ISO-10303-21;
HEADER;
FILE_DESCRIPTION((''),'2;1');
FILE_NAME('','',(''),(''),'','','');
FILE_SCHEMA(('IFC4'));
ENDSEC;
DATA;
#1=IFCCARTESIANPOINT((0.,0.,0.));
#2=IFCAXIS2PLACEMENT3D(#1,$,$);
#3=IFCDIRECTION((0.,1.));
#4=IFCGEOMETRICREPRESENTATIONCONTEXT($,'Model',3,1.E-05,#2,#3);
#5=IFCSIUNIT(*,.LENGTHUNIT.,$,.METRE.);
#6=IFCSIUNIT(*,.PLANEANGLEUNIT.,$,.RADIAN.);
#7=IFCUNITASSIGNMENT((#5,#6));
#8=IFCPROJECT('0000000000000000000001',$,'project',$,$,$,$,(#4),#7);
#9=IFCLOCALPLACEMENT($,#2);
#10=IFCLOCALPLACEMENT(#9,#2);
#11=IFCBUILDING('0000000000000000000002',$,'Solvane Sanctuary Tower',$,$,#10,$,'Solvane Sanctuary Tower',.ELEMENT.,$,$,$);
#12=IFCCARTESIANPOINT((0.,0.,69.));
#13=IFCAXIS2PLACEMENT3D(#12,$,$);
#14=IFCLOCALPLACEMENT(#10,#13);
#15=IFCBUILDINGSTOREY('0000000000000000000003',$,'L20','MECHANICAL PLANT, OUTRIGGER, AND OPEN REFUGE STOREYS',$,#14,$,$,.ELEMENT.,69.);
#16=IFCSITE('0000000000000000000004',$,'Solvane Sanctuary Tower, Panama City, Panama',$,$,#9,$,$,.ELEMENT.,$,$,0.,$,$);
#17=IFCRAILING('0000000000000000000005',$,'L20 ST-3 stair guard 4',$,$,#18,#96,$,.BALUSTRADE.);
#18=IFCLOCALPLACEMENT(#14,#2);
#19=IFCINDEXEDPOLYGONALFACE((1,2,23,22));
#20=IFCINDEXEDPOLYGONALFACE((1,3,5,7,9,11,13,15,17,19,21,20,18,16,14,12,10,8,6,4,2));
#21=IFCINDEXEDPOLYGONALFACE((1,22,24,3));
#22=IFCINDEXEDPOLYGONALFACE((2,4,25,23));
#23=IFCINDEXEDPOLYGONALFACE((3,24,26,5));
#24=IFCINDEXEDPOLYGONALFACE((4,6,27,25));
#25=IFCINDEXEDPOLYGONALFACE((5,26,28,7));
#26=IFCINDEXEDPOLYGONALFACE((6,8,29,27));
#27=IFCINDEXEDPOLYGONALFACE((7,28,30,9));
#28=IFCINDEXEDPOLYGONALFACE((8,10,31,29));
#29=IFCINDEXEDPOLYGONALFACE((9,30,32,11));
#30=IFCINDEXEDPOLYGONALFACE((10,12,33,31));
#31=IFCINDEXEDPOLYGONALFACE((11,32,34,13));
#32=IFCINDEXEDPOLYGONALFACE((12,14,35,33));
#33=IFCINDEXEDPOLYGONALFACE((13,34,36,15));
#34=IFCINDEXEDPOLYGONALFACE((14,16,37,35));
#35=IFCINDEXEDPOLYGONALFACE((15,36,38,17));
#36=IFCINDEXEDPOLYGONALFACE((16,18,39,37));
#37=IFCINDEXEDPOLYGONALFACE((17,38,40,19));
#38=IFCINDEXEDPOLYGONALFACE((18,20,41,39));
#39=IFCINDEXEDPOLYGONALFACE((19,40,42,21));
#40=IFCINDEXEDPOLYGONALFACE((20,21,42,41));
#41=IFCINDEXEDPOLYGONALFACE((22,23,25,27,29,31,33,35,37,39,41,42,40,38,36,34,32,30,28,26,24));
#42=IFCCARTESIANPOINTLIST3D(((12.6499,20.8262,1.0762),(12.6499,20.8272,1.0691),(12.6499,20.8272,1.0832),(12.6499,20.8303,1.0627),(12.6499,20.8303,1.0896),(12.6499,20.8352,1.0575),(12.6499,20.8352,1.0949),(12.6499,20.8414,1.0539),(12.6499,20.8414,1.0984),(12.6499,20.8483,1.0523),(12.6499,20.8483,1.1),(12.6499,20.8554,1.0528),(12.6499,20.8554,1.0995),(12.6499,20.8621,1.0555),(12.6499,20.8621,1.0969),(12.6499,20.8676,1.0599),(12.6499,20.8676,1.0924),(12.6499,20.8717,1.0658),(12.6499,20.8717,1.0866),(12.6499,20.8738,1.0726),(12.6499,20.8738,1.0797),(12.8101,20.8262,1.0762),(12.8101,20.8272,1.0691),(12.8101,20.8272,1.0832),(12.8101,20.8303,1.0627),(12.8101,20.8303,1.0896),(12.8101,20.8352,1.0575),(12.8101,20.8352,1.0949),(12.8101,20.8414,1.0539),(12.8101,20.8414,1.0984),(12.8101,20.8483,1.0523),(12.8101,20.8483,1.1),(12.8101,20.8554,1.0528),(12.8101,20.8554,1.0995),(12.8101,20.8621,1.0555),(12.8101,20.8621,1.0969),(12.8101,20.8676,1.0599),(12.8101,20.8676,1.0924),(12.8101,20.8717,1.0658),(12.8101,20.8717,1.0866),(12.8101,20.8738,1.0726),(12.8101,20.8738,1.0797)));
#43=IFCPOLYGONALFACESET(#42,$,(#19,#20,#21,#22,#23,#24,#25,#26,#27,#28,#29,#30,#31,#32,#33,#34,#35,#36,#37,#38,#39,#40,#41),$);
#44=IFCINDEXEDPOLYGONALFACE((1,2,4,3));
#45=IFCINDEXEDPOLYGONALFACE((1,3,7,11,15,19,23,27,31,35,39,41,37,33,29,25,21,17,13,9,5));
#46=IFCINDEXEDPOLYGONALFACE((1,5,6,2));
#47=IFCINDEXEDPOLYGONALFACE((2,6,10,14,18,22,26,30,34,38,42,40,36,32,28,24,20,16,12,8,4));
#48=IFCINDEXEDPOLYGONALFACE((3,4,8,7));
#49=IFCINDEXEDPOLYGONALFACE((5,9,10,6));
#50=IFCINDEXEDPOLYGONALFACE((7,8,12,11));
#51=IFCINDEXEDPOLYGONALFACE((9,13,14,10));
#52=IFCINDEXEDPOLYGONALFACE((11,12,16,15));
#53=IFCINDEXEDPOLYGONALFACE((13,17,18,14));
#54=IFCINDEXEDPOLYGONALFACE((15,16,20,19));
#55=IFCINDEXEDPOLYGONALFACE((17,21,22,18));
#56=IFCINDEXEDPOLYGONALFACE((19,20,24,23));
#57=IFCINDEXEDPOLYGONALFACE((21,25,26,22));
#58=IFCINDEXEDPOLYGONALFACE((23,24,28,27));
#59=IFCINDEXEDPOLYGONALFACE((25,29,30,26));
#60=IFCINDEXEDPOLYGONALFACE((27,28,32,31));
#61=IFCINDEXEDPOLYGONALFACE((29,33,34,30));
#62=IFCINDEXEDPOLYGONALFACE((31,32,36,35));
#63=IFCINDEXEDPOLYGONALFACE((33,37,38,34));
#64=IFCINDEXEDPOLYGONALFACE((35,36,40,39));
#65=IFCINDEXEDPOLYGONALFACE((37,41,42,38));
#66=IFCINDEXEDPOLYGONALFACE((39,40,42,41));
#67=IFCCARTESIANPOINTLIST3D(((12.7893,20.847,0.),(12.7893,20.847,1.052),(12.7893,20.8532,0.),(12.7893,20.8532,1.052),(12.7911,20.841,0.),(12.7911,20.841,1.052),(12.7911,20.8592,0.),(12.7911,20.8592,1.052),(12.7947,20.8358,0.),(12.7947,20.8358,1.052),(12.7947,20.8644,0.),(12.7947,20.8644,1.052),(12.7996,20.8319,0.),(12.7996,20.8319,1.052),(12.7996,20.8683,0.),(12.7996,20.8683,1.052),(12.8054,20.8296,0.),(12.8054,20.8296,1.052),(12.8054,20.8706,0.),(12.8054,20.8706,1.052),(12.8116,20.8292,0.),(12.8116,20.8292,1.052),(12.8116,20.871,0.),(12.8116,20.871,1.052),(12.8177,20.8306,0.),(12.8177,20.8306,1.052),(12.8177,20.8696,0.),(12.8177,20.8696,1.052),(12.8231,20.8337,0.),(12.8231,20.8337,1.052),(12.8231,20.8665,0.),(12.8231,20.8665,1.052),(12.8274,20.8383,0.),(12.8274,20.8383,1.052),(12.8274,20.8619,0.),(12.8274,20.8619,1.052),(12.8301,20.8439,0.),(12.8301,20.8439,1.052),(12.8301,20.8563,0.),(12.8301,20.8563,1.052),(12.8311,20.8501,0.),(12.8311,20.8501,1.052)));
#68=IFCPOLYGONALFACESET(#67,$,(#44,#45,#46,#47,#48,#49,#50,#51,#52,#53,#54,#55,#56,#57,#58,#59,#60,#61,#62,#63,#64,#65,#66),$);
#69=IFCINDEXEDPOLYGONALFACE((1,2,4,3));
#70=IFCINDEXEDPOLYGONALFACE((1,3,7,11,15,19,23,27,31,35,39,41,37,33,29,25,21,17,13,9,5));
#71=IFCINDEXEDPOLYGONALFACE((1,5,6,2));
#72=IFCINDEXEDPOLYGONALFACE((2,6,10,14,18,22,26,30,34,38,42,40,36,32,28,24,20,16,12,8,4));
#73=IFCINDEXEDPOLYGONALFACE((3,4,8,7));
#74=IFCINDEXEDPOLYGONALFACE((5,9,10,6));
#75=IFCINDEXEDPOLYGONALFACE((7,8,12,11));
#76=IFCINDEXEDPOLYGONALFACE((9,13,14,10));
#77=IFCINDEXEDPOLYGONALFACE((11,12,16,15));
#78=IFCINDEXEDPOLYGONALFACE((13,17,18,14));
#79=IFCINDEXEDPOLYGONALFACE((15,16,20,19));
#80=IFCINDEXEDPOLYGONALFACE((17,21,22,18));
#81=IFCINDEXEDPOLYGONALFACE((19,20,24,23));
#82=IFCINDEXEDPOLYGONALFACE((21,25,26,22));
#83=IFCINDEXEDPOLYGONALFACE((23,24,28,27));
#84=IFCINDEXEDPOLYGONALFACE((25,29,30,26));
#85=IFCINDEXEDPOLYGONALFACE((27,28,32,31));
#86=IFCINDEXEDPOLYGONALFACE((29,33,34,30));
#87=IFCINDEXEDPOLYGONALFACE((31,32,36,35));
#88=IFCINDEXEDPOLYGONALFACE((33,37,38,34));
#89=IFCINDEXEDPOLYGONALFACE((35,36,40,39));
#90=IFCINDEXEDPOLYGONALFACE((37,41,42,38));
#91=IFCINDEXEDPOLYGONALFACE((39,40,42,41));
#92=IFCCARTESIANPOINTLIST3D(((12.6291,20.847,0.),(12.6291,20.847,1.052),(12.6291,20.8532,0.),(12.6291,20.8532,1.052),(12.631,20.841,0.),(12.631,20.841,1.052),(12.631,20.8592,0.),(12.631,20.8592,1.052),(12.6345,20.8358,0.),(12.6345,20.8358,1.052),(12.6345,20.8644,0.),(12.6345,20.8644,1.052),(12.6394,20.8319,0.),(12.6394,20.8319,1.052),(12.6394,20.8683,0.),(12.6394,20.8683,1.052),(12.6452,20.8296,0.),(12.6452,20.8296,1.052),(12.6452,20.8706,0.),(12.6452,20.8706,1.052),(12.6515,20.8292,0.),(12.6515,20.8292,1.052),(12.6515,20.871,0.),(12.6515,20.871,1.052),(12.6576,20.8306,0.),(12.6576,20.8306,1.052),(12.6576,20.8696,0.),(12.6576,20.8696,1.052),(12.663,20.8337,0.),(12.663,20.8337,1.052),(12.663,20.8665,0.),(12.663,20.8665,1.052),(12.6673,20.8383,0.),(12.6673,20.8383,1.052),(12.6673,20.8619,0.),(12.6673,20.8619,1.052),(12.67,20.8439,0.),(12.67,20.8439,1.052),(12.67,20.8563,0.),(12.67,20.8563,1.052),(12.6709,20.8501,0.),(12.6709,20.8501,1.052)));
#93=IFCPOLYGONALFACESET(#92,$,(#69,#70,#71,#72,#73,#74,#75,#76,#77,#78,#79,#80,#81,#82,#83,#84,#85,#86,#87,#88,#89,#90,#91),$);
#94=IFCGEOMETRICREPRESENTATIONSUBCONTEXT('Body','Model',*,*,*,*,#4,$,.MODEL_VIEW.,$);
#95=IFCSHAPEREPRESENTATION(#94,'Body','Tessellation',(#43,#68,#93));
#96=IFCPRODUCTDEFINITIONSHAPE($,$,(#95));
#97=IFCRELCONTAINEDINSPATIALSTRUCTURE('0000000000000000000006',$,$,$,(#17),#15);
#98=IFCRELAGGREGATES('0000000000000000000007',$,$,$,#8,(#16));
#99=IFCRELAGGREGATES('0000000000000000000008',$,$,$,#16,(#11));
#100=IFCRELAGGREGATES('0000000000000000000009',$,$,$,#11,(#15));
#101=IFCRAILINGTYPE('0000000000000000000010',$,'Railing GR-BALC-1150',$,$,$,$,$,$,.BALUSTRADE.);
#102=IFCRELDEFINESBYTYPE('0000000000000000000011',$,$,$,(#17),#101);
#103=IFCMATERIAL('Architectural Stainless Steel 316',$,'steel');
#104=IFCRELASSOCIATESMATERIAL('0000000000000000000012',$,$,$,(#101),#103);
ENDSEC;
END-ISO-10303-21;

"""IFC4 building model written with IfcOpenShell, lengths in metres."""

from ifc_helpers import new_model, si_unit, direction, frame, origin, origin_2d, place, context, subcontext, project, spatial, circle, extrude, material, type_object, element, save


model = new_model("IFC4")

# Units and contexts
model_context = context("Model", 3, precision=1e-05, world=origin(), true_north=direction((0.0, 1.0)))
body_context = subcontext(model_context, "Body", "Model", "MODEL_VIEW")
ifc_project = project(units=[si_unit("LENGTHUNIT", "METRE"), si_unit("PLANEANGLEUNIT", "RADIAN")], contexts=[model_context])

# Site, building, storey
site_placement = place(None, origin())
site = spatial("IfcSite", under=ifc_project, at=site_placement, Name="Solvane Sanctuary Tower, Panama City, Panama", CompositionType="ELEMENT", RefElevation=0.0)
building_placement = place(site_placement, origin())
building = spatial("IfcBuilding", under=site, at=building_placement, Name="Solvane Sanctuary Tower", LongName="Solvane Sanctuary Tower", CompositionType="ELEMENT")
storey_placement = place(building_placement, frame((0.0, 0.0, 69.0)))
storey = spatial("IfcBuildingStorey", under=building, at=storey_placement, Name="L20", Description="MECHANICAL PLANT, OUTRIGGER, AND OPEN REFUGE STOREYS", CompositionType="ELEMENT", Elevation=69.0)

# Shared definitions
ifc_material_1 = material(Name="Architectural Stainless Steel 316", Category="steel")

# Railing
railing_type_1 = type_object("IfcRailingType", Name="Railing GR-BALC-1150", PredefinedType="BALUSTRADE", material=ifc_material_1)
railing_1_placement = place(storey_placement, frame((12.8101, 20.8501, 0.0)))
element("IfcRailing", 1, at=railing_1_placement, inside=storey, type_object=railing_type_1, Name="L20 ST-3 stair guard 4", PredefinedType="BALUSTRADE", context=body_context, shape_type="SweptSolid", body=[
    extrude(circle(Radius=0.0239, at=origin_2d()), frame((0.0, 0.0, 1.0762), z_axis=(-1.0, 0.0, 0.0), x_axis=(0.0, -1.0, 0.0)), (0.0, 0.0, 1.0), 0.1602),
    extrude(circle(Radius=0.021, at=origin_2d()), origin(), (0.0, 0.0, 1.0), 1.052),
    extrude(circle(Radius=0.021, at=origin_2d()), frame((-0.1602, 0.0, 0.0)), (0.0, 0.0, 1.0), 1.052),
])

save(model, "model.ifc")
